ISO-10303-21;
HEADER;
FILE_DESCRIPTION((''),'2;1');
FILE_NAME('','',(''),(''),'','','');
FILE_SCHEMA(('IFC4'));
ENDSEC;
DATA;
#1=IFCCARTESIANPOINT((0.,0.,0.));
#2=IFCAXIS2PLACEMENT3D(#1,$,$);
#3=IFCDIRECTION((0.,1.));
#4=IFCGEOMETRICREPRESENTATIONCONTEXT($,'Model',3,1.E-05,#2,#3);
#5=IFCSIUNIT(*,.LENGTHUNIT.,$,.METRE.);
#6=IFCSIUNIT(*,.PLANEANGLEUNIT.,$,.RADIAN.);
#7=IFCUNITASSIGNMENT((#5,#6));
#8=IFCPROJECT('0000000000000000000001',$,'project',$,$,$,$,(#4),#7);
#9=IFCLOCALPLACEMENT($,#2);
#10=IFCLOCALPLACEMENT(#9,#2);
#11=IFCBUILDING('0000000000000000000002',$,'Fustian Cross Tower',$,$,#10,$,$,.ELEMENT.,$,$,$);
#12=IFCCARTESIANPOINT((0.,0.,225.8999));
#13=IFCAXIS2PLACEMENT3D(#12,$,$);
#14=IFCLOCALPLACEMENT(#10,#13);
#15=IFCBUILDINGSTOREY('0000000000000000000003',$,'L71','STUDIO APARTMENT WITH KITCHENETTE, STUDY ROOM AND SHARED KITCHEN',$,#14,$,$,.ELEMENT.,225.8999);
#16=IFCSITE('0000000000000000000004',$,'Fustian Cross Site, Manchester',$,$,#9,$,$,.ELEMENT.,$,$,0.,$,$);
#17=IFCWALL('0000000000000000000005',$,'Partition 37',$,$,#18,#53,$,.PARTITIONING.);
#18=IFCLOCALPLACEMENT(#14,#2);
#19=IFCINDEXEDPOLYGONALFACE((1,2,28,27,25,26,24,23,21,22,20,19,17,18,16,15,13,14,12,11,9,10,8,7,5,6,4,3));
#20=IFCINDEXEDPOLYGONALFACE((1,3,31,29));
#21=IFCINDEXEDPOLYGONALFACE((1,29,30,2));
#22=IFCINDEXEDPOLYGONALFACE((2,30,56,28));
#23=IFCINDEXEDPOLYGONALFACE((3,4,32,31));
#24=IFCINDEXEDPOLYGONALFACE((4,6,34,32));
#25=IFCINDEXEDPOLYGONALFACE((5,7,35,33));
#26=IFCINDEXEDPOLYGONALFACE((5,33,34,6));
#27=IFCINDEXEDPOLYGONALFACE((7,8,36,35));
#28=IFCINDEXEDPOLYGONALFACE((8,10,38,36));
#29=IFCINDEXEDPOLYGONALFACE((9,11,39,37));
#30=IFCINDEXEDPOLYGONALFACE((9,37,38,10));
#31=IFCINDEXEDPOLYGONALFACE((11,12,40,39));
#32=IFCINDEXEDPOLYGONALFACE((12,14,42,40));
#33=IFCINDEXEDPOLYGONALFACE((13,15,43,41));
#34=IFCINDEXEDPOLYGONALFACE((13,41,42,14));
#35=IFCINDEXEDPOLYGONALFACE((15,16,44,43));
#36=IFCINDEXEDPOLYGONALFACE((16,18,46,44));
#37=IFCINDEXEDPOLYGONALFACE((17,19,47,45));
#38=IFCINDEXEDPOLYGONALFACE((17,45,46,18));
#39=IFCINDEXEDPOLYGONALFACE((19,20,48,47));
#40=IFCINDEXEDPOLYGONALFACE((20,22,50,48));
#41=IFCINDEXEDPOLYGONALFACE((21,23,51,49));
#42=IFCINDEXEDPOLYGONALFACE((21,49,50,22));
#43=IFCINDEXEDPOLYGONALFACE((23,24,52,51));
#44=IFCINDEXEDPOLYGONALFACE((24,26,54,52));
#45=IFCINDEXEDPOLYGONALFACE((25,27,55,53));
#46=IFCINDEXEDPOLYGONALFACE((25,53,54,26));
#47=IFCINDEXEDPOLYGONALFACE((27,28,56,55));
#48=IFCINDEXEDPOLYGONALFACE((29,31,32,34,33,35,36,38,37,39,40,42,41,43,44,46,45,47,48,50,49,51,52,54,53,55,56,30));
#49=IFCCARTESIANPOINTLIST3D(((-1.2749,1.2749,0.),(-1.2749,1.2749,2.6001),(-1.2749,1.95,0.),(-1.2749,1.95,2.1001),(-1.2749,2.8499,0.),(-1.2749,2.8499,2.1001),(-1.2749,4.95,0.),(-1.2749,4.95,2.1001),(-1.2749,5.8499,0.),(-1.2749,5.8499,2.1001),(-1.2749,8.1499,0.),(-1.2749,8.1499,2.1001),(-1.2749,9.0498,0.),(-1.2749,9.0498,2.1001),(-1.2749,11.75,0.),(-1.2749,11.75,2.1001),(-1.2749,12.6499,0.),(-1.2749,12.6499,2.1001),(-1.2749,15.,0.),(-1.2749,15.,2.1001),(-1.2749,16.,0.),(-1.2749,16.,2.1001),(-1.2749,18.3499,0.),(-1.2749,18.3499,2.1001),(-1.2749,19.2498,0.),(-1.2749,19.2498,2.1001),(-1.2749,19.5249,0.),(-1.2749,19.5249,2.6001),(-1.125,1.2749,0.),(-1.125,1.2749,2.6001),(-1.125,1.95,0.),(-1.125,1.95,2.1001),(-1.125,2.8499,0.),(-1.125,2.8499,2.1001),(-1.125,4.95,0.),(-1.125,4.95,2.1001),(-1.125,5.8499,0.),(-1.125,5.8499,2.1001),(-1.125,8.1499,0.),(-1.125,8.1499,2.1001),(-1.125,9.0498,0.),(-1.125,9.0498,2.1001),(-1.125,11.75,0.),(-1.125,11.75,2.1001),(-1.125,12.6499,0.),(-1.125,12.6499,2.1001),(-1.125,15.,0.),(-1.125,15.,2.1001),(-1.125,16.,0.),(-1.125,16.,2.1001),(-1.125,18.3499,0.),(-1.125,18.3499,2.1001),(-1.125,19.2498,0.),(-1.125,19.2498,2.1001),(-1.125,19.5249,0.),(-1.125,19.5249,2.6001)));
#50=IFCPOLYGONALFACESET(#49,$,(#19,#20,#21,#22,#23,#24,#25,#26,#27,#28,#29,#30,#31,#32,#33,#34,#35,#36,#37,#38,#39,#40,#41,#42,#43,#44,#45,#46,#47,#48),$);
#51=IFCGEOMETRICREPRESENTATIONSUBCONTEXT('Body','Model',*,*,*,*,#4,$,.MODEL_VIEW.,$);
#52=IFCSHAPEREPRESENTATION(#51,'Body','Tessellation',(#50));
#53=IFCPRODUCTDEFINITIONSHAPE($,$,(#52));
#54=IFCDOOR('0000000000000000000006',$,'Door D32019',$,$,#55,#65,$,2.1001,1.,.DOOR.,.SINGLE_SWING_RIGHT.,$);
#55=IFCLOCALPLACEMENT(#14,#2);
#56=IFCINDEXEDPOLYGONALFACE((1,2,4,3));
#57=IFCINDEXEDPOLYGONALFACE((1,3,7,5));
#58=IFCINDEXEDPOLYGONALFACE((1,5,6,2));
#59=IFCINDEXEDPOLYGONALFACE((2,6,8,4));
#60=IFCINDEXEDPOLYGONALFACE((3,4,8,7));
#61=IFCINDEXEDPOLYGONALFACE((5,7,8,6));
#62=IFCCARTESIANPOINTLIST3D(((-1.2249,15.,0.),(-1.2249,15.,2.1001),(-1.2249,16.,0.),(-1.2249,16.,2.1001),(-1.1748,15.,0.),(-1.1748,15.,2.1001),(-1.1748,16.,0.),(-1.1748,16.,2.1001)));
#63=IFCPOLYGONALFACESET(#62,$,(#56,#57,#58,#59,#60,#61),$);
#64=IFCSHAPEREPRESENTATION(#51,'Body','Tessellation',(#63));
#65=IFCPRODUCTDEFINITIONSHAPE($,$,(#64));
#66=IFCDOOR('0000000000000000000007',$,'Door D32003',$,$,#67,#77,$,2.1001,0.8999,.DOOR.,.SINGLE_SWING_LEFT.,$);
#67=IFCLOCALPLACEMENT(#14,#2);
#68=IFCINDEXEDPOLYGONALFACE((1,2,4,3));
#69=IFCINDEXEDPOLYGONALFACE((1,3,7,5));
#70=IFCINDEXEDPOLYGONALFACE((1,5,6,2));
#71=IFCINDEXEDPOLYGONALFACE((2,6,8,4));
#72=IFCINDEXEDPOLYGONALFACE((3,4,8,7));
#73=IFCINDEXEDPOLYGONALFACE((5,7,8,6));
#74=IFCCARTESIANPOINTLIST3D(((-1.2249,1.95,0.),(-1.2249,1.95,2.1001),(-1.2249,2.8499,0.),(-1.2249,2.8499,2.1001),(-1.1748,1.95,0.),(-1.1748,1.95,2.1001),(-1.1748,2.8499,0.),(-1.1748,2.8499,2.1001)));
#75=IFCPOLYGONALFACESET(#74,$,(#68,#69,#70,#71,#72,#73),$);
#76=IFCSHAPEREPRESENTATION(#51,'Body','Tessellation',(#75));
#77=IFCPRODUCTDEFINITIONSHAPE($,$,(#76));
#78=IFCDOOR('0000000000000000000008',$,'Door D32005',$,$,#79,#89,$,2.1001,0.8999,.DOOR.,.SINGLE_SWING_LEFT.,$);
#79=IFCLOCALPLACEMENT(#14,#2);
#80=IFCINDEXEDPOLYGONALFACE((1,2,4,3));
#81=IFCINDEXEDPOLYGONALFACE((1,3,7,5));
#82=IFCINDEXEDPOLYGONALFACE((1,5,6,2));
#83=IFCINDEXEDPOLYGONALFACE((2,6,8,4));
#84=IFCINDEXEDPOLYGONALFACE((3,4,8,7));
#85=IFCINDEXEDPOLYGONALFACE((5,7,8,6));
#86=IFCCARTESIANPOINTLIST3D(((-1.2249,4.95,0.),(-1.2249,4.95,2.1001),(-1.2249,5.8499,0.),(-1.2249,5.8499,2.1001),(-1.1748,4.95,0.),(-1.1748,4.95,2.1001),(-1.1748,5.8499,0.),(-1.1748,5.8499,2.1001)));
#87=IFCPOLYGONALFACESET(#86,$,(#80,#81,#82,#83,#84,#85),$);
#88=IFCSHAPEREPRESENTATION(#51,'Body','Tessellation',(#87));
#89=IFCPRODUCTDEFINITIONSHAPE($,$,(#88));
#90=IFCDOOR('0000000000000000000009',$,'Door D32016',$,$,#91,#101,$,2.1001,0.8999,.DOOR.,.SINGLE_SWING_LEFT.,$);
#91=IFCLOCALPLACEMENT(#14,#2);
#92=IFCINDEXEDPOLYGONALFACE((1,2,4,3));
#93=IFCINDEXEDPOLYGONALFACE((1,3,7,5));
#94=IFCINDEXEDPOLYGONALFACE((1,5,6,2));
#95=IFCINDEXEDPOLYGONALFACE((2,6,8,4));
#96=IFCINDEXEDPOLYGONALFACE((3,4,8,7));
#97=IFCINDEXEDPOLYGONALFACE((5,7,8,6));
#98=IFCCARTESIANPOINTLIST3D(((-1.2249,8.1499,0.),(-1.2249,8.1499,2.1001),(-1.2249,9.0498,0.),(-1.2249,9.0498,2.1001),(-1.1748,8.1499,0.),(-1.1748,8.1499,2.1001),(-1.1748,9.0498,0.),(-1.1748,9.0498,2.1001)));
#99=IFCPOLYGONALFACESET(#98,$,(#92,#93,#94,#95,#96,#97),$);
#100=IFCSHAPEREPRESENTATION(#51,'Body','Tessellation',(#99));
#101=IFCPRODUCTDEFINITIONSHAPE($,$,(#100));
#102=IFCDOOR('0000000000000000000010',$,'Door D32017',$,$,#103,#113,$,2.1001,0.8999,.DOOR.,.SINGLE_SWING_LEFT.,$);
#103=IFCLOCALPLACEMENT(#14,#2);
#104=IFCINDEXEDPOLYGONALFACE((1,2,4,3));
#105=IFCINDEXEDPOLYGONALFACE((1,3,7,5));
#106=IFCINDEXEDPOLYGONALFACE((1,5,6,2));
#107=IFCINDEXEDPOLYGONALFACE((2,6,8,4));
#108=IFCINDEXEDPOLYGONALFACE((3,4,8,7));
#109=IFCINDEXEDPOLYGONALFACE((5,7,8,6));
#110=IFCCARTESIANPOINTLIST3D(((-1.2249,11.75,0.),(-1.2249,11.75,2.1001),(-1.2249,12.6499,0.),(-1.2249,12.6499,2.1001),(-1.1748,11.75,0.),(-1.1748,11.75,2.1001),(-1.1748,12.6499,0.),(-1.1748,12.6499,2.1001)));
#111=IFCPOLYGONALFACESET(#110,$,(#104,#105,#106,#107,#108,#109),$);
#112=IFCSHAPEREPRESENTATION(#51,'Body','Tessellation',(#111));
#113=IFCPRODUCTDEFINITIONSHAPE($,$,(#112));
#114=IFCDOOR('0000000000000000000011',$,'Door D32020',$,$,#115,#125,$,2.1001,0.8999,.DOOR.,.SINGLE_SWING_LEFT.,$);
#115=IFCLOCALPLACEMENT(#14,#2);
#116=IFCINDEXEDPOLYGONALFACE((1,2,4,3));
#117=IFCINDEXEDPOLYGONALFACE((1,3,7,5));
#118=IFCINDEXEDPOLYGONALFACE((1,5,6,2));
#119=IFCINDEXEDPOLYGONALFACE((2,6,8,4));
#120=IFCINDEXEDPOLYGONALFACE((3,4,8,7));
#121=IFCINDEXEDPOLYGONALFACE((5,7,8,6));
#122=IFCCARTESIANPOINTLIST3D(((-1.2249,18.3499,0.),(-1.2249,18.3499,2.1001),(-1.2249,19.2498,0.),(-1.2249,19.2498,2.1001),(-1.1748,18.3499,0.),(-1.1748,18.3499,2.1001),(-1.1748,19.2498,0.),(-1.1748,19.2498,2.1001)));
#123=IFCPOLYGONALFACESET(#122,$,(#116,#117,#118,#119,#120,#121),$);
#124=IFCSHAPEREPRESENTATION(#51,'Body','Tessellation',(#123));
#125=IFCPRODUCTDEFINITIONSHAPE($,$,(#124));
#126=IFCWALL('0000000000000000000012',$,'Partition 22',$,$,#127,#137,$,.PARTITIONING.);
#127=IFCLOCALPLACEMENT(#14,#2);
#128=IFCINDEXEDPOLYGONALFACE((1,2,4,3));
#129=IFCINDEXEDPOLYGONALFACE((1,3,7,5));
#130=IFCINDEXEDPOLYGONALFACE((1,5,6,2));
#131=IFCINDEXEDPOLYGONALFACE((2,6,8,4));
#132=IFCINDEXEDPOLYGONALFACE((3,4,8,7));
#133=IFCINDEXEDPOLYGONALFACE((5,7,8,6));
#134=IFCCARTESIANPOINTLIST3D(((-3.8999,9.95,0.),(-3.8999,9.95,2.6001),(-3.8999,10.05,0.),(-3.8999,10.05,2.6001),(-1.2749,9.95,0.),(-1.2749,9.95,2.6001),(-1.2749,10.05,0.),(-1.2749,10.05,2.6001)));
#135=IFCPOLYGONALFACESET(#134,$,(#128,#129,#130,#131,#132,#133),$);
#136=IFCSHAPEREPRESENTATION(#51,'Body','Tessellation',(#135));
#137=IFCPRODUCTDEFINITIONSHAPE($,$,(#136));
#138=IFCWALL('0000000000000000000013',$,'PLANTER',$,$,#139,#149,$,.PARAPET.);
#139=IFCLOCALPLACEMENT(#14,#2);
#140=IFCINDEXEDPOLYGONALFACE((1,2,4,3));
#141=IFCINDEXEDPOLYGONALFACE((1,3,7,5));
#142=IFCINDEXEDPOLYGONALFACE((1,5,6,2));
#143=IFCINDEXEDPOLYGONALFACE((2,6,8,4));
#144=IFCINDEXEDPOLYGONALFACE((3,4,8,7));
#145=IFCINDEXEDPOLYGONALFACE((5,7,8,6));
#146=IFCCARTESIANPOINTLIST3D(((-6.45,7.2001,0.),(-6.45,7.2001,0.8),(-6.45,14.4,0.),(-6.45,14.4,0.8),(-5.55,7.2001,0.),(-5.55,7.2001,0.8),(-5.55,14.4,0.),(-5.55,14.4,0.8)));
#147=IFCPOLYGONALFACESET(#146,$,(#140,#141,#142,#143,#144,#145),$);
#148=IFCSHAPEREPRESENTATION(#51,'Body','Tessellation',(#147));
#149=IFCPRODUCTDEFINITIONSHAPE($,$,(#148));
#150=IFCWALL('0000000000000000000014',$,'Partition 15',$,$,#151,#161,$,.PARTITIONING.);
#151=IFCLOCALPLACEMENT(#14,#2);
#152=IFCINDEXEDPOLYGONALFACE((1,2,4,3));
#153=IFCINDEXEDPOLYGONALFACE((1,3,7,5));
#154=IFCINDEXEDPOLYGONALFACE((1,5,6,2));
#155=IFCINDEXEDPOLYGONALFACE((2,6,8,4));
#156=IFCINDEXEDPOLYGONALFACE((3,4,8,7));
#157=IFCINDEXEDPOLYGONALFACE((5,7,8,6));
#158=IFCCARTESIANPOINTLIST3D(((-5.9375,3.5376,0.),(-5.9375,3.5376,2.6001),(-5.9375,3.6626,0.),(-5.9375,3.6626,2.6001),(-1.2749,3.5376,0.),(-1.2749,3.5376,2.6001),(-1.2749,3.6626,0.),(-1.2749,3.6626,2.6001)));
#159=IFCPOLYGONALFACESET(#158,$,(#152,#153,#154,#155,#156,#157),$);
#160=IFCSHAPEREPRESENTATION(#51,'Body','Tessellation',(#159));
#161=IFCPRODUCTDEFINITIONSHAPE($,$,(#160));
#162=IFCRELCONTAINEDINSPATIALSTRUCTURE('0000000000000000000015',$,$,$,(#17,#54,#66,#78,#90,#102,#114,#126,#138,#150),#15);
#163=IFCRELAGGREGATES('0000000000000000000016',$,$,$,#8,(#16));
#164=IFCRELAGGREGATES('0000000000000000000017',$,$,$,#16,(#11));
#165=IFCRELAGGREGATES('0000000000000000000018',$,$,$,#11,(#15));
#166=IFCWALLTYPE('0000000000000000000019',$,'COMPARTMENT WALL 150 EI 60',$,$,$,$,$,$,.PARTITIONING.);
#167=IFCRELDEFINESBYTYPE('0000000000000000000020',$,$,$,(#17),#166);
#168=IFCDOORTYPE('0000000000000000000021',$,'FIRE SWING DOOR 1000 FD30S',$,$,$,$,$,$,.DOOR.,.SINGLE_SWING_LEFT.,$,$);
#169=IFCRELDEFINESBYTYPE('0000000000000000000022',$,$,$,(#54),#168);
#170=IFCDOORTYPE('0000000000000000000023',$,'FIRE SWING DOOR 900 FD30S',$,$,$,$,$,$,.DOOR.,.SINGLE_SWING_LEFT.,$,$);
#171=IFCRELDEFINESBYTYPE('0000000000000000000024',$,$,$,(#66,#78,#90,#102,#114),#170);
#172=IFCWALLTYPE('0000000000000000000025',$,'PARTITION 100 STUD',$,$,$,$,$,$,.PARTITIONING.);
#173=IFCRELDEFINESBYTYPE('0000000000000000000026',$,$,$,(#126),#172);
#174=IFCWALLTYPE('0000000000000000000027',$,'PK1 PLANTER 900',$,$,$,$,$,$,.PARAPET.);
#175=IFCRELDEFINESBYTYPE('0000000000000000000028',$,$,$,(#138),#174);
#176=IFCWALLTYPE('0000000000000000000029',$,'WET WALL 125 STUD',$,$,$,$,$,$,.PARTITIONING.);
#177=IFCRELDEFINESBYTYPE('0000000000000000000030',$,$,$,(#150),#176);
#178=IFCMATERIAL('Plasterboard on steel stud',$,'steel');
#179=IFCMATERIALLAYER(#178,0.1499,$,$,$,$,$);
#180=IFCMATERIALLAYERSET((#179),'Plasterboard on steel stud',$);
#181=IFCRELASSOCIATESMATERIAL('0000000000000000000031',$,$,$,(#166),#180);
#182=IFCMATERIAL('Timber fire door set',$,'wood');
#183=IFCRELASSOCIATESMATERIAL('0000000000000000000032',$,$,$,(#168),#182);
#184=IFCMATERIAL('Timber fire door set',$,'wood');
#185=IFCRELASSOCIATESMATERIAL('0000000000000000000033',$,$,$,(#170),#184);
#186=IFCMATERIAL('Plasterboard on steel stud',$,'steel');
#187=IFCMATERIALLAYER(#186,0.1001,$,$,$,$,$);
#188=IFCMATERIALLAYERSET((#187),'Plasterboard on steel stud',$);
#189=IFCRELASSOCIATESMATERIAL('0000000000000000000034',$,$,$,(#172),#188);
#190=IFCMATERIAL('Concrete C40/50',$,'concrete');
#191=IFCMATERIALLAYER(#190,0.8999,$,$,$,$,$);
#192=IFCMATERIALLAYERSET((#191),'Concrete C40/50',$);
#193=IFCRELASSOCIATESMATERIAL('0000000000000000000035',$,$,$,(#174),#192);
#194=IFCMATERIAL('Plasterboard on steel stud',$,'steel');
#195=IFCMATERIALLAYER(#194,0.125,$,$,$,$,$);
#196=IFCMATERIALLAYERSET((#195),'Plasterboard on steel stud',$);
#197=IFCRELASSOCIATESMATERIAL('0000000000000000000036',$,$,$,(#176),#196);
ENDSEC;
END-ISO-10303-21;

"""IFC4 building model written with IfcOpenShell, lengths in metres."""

from ifc_helpers import new_model, si_unit, direction, frame, frame_2d, origin, place, context, subcontext, project, spatial, rectangle, extrude, material, layer, layer_set, type_object, element, fill, save


model = new_model("IFC4")

# Units and contexts
model_context = context("Model", 3, precision=1e-05, world=origin(), true_north=direction((0.0, 1.0)))
body_context = subcontext(model_context, "Body", "Model", "MODEL_VIEW")
ifc_project = project(units=[si_unit("LENGTHUNIT", "METRE"), si_unit("PLANEANGLEUNIT", "RADIAN")], contexts=[model_context])

# Site, building, storey
site_placement = place(None, origin())
site = spatial("IfcSite", under=ifc_project, at=site_placement, Name="Fustian Cross Site, Manchester", CompositionType="ELEMENT", RefElevation=0.0)
building_placement = place(site_placement, origin())
building = spatial("IfcBuilding", under=site, at=building_placement, Name="Fustian Cross Tower", CompositionType="ELEMENT")
storey_placement = place(building_placement, frame((0.0, 0.0, 225.8999)))
storey = spatial("IfcBuildingStorey", under=building, at=storey_placement, Name="L71", Description="STUDIO APARTMENT WITH KITCHENETTE, STUDY ROOM AND SHARED KITCHEN", CompositionType="ELEMENT", Elevation=225.8999)

# Wall, openings, doors
ifc_material_1 = material(Name="Plasterboard on steel stud", Category="steel")
ifc_layer_1 = layer(ifc_material_1, 0.1499)
ifc_layer_set_1 = layer_set([ifc_layer_1], Name="Plasterboard on steel stud")
wall_type_1 = type_object("IfcWallType", Name="COMPARTMENT WALL 150 EI 60", PredefinedType="PARTITIONING", material=ifc_layer_set_1)
wall_1_placement = place(storey_placement, frame((-1.2, 1.2749, 0.0), z_axis=(0.0, 0.0, 1.0), x_axis=(0.0, 1.0, 0.0)))
wall_1 = element("IfcWall", 1, at=wall_1_placement, inside=storey, type_object=wall_type_1, Name="Partition 37", PredefinedType="PARTITIONING", context=body_context, shape_type="SweptSolid", body=[
    extrude(rectangle(XDim=18.25, YDim=0.1499, at=frame_2d((9.125, 0.0))), origin(), (0.0, 0.0, 1.0), 2.6001),
])
opening_1_placement = place(wall_1_placement, frame((0.675, 0.0, 0.0)))
opening_1 = element("IfcOpeningElement", 2, at=opening_1_placement, cuts=wall_1, PredefinedType="OPENING", context=body_context, shape_type="SweptSolid", body=[
    extrude(rectangle(XDim=0.8999, YDim=2.1001, at=frame_2d((0.45, 1.05))), frame((0.0, 0.085, 0.0), z_axis=(0.0, -1.0, 0.0), x_axis=(1.0, 0.0, 0.0)), (0.0, 0.0, 1.0), 0.1699),
])
opening_2_placement = place(wall_1_placement, frame((3.675, 0.0, 0.0)))
opening_2 = element("IfcOpeningElement", 3, at=opening_2_placement, cuts=wall_1, PredefinedType="OPENING", context=body_context, shape_type="SweptSolid", body=[
    extrude(rectangle(XDim=0.8999, YDim=2.1001, at=frame_2d((0.45, 1.05))), frame((0.0, 0.085, 0.0), z_axis=(0.0, -1.0, 0.0), x_axis=(1.0, 0.0, 0.0)), (0.0, 0.0, 1.0), 0.1699),
])
opening_3_placement = place(wall_1_placement, frame((6.875, 0.0, 0.0)))
opening_3 = element("IfcOpeningElement", 4, at=opening_3_placement, cuts=wall_1, PredefinedType="OPENING", context=body_context, shape_type="SweptSolid", body=[
    extrude(rectangle(XDim=0.8999, YDim=2.1001, at=frame_2d((0.45, 1.05))), frame((0.0, 0.085, 0.0), z_axis=(0.0, -1.0, 0.0), x_axis=(1.0, 0.0, 0.0)), (0.0, 0.0, 1.0), 0.1699),
])
opening_4_placement = place(wall_1_placement, frame((10.4751, 0.0, 0.0)))
opening_4 = element("IfcOpeningElement", 5, at=opening_4_placement, cuts=wall_1, PredefinedType="OPENING", context=body_context, shape_type="SweptSolid", body=[
    extrude(rectangle(XDim=0.8999, YDim=2.1001, at=frame_2d((0.45, 1.05))), frame((0.0, 0.085, 0.0), z_axis=(0.0, -1.0, 0.0), x_axis=(1.0, 0.0, 0.0)), (0.0, 0.0, 1.0), 0.1699),
])
opening_5_placement = place(wall_1_placement, frame((13.7251, 0.0, 0.0)))
opening_5 = element("IfcOpeningElement", 6, at=opening_5_placement, cuts=wall_1, PredefinedType="OPENING", context=body_context, shape_type="SweptSolid", body=[
    extrude(rectangle(XDim=1.0, YDim=2.1001, at=frame_2d((0.5, 1.05))), frame((0.0, 0.085, 0.0), z_axis=(0.0, -1.0, 0.0), x_axis=(1.0, 0.0, 0.0)), (0.0, 0.0, 1.0), 0.1699),
])
opening_6_placement = place(wall_1_placement, frame((17.075, 0.0, 0.0)))
opening_6 = element("IfcOpeningElement", 7, at=opening_6_placement, cuts=wall_1, PredefinedType="OPENING", context=body_context, shape_type="SweptSolid", body=[
    extrude(rectangle(XDim=0.8999, YDim=2.1001, at=frame_2d((0.45, 1.05))), frame((0.0, 0.085, 0.0), z_axis=(0.0, -1.0, 0.0), x_axis=(1.0, 0.0, 0.0)), (0.0, 0.0, 1.0), 0.1699),
])
ifc_material_2 = material(Name="Timber fire door set", Category="wood")
door_type_1 = type_object("IfcDoorType", Name="FIRE SWING DOOR 1000 FD30S", OperationType="SINGLE_SWING_LEFT", PredefinedType="DOOR", material=ifc_material_2)
door_1_placement = place(opening_5_placement, origin())
door_1 = element("IfcDoor", 8, at=door_1_placement, inside=storey, type_object=door_type_1, Name="Door D32019", OperationType="SINGLE_SWING_RIGHT", OverallHeight=2.1001, OverallWidth=1.0, PredefinedType="DOOR", context=body_context, shape_type="SweptSolid", body=[
    extrude(rectangle(XDim=1.0, YDim=2.1001, at=frame_2d((0.5, 1.05))), frame((0.0, 0.0249, 0.0), z_axis=(0.0, -1.0, 0.0), x_axis=(1.0, 0.0, 0.0)), (0.0, 0.0, 1.0), 0.05),
])
fill(opening_5, door_1)
ifc_material_3 = material(Name="Timber fire door set", Category="wood")
door_type_2 = type_object("IfcDoorType", Name="FIRE SWING DOOR 900 FD30S", OperationType="SINGLE_SWING_LEFT", PredefinedType="DOOR", material=ifc_material_3)
door_2_placement = place(opening_1_placement, origin())
door_2 = element("IfcDoor", 9, at=door_2_placement, inside=storey, type_object=door_type_2, Name="Door D32003", OperationType="SINGLE_SWING_LEFT", OverallHeight=2.1001, OverallWidth=0.8999, PredefinedType="DOOR", context=body_context, shape_type="SweptSolid", body=[
    extrude(rectangle(XDim=0.8999, YDim=2.1001, at=frame_2d((0.45, 1.05))), frame((0.0, 0.0249, 0.0), z_axis=(0.0, -1.0, 0.0), x_axis=(1.0, 0.0, 0.0)), (0.0, 0.0, 1.0), 0.05),
])
fill(opening_1, door_2)
door_3_placement = place(opening_2_placement, origin())
door_3 = element("IfcDoor", 10, at=door_3_placement, inside=storey, type_object=door_type_2, Name="Door D32005", OperationType="SINGLE_SWING_LEFT", OverallHeight=2.1001, OverallWidth=0.8999, PredefinedType="DOOR", context=body_context, shape_type="SweptSolid", body=[
    extrude(rectangle(XDim=0.8999, YDim=2.1001, at=frame_2d((0.45, 1.05))), frame((0.0, 0.0249, 0.0), z_axis=(0.0, -1.0, 0.0), x_axis=(1.0, 0.0, 0.0)), (0.0, 0.0, 1.0), 0.05),
])
fill(opening_2, door_3)
door_4_placement = place(opening_3_placement, origin())
door_4 = element("IfcDoor", 11, at=door_4_placement, inside=storey, type_object=door_type_2, Name="Door D32016", OperationType="SINGLE_SWING_LEFT", OverallHeight=2.1001, OverallWidth=0.8999, PredefinedType="DOOR", context=body_context, shape_type="SweptSolid", body=[
    extrude(rectangle(XDim=0.8999, YDim=2.1001, at=frame_2d((0.45, 1.05))), frame((0.0, 0.0249, 0.0), z_axis=(0.0, -1.0, 0.0), x_axis=(1.0, 0.0, 0.0)), (0.0, 0.0, 1.0), 0.05),
])
fill(opening_3, door_4)
door_5_placement = place(opening_4_placement, origin())
door_5 = element("IfcDoor", 12, at=door_5_placement, inside=storey, type_object=door_type_2, Name="Door D32017", OperationType="SINGLE_SWING_LEFT", OverallHeight=2.1001, OverallWidth=0.8999, PredefinedType="DOOR", context=body_context, shape_type="SweptSolid", body=[
    extrude(rectangle(XDim=0.8999, YDim=2.1001, at=frame_2d((0.45, 1.05))), frame((0.0, 0.0249, 0.0), z_axis=(0.0, -1.0, 0.0), x_axis=(1.0, 0.0, 0.0)), (0.0, 0.0, 1.0), 0.05),
])
fill(opening_4, door_5)
door_6_placement = place(opening_6_placement, origin())
door_6 = element("IfcDoor", 13, at=door_6_placement, inside=storey, type_object=door_type_2, Name="Door D32020", OperationType="SINGLE_SWING_LEFT", OverallHeight=2.1001, OverallWidth=0.8999, PredefinedType="DOOR", context=body_context, shape_type="SweptSolid", body=[
    extrude(rectangle(XDim=0.8999, YDim=2.1001, at=frame_2d((0.45, 1.05))), frame((0.0, 0.0249, 0.0), z_axis=(0.0, -1.0, 0.0), x_axis=(1.0, 0.0, 0.0)), (0.0, 0.0, 1.0), 0.05),
])
fill(opening_6, door_6)

# Walls
ifc_material_4 = material(Name="Plasterboard on steel stud", Category="steel")
ifc_layer_2 = layer(ifc_material_4, 0.1001)
ifc_layer_set_2 = layer_set([ifc_layer_2], Name="Plasterboard on steel stud")
wall_type_2 = type_object("IfcWallType", Name="PARTITION 100 STUD", PredefinedType="PARTITIONING", material=ifc_layer_set_2)
wall_2_placement = place(storey_placement, frame((-3.8999, 10.0, 0.0), z_axis=(0.0, 0.0, 1.0), x_axis=(1.0, 0.0, 0.0)))
element("IfcWall", 14, at=wall_2_placement, inside=storey, type_object=wall_type_2, Name="Partition 22", PredefinedType="PARTITIONING", context=body_context, shape_type="SweptSolid", body=[
    extrude(rectangle(XDim=2.625, YDim=0.1001, at=frame_2d((1.3125, 0.0))), origin(), (0.0, 0.0, 1.0), 2.6001),
])
ifc_material_5 = material(Name="Concrete C40/50", Category="concrete")
ifc_layer_3 = layer(ifc_material_5, 0.8999)
ifc_layer_set_3 = layer_set([ifc_layer_3], Name="Concrete C40/50")
wall_type_3 = type_object("IfcWallType", Name="PK1 PLANTER 900", PredefinedType="PARAPET", material=ifc_layer_set_3)
wall_3_placement = place(storey_placement, frame((-6.0, 7.2, 0.0), z_axis=(0.0, 0.0, 1.0), x_axis=(0.0, 1.0, 0.0)))
element("IfcWall", 15, at=wall_3_placement, inside=storey, type_object=wall_type_3, Name="PLANTER", PredefinedType="PARAPET", context=body_context, shape_type="SweptSolid", body=[
    extrude(rectangle(XDim=7.2, YDim=0.8999, at=frame_2d((3.6001, 0.0))), origin(), (0.0, 0.0, 1.0), 0.8),
])
ifc_material_6 = material(Name="Plasterboard on steel stud", Category="steel")
ifc_layer_4 = layer(ifc_material_6, 0.125)
ifc_layer_set_4 = layer_set([ifc_layer_4], Name="Plasterboard on steel stud")
wall_type_4 = type_object("IfcWallType", Name="WET WALL 125 STUD", PredefinedType="PARTITIONING", material=ifc_layer_set_4)
wall_4_placement = place(storey_placement, frame((-5.9375, 3.6001, 0.0), z_axis=(0.0, 0.0, 1.0), x_axis=(1.0, 0.0, 0.0)))
element("IfcWall", 16, at=wall_4_placement, inside=storey, type_object=wall_type_4, Name="Partition 15", PredefinedType="PARTITIONING", context=body_context, shape_type="SweptSolid", body=[
    extrude(rectangle(XDim=4.6626, YDim=0.125, at=frame_2d((2.3313, 0.0))), origin(), (0.0, 0.0, 1.0), 2.6001),
])

save(model, "model.ifc")
